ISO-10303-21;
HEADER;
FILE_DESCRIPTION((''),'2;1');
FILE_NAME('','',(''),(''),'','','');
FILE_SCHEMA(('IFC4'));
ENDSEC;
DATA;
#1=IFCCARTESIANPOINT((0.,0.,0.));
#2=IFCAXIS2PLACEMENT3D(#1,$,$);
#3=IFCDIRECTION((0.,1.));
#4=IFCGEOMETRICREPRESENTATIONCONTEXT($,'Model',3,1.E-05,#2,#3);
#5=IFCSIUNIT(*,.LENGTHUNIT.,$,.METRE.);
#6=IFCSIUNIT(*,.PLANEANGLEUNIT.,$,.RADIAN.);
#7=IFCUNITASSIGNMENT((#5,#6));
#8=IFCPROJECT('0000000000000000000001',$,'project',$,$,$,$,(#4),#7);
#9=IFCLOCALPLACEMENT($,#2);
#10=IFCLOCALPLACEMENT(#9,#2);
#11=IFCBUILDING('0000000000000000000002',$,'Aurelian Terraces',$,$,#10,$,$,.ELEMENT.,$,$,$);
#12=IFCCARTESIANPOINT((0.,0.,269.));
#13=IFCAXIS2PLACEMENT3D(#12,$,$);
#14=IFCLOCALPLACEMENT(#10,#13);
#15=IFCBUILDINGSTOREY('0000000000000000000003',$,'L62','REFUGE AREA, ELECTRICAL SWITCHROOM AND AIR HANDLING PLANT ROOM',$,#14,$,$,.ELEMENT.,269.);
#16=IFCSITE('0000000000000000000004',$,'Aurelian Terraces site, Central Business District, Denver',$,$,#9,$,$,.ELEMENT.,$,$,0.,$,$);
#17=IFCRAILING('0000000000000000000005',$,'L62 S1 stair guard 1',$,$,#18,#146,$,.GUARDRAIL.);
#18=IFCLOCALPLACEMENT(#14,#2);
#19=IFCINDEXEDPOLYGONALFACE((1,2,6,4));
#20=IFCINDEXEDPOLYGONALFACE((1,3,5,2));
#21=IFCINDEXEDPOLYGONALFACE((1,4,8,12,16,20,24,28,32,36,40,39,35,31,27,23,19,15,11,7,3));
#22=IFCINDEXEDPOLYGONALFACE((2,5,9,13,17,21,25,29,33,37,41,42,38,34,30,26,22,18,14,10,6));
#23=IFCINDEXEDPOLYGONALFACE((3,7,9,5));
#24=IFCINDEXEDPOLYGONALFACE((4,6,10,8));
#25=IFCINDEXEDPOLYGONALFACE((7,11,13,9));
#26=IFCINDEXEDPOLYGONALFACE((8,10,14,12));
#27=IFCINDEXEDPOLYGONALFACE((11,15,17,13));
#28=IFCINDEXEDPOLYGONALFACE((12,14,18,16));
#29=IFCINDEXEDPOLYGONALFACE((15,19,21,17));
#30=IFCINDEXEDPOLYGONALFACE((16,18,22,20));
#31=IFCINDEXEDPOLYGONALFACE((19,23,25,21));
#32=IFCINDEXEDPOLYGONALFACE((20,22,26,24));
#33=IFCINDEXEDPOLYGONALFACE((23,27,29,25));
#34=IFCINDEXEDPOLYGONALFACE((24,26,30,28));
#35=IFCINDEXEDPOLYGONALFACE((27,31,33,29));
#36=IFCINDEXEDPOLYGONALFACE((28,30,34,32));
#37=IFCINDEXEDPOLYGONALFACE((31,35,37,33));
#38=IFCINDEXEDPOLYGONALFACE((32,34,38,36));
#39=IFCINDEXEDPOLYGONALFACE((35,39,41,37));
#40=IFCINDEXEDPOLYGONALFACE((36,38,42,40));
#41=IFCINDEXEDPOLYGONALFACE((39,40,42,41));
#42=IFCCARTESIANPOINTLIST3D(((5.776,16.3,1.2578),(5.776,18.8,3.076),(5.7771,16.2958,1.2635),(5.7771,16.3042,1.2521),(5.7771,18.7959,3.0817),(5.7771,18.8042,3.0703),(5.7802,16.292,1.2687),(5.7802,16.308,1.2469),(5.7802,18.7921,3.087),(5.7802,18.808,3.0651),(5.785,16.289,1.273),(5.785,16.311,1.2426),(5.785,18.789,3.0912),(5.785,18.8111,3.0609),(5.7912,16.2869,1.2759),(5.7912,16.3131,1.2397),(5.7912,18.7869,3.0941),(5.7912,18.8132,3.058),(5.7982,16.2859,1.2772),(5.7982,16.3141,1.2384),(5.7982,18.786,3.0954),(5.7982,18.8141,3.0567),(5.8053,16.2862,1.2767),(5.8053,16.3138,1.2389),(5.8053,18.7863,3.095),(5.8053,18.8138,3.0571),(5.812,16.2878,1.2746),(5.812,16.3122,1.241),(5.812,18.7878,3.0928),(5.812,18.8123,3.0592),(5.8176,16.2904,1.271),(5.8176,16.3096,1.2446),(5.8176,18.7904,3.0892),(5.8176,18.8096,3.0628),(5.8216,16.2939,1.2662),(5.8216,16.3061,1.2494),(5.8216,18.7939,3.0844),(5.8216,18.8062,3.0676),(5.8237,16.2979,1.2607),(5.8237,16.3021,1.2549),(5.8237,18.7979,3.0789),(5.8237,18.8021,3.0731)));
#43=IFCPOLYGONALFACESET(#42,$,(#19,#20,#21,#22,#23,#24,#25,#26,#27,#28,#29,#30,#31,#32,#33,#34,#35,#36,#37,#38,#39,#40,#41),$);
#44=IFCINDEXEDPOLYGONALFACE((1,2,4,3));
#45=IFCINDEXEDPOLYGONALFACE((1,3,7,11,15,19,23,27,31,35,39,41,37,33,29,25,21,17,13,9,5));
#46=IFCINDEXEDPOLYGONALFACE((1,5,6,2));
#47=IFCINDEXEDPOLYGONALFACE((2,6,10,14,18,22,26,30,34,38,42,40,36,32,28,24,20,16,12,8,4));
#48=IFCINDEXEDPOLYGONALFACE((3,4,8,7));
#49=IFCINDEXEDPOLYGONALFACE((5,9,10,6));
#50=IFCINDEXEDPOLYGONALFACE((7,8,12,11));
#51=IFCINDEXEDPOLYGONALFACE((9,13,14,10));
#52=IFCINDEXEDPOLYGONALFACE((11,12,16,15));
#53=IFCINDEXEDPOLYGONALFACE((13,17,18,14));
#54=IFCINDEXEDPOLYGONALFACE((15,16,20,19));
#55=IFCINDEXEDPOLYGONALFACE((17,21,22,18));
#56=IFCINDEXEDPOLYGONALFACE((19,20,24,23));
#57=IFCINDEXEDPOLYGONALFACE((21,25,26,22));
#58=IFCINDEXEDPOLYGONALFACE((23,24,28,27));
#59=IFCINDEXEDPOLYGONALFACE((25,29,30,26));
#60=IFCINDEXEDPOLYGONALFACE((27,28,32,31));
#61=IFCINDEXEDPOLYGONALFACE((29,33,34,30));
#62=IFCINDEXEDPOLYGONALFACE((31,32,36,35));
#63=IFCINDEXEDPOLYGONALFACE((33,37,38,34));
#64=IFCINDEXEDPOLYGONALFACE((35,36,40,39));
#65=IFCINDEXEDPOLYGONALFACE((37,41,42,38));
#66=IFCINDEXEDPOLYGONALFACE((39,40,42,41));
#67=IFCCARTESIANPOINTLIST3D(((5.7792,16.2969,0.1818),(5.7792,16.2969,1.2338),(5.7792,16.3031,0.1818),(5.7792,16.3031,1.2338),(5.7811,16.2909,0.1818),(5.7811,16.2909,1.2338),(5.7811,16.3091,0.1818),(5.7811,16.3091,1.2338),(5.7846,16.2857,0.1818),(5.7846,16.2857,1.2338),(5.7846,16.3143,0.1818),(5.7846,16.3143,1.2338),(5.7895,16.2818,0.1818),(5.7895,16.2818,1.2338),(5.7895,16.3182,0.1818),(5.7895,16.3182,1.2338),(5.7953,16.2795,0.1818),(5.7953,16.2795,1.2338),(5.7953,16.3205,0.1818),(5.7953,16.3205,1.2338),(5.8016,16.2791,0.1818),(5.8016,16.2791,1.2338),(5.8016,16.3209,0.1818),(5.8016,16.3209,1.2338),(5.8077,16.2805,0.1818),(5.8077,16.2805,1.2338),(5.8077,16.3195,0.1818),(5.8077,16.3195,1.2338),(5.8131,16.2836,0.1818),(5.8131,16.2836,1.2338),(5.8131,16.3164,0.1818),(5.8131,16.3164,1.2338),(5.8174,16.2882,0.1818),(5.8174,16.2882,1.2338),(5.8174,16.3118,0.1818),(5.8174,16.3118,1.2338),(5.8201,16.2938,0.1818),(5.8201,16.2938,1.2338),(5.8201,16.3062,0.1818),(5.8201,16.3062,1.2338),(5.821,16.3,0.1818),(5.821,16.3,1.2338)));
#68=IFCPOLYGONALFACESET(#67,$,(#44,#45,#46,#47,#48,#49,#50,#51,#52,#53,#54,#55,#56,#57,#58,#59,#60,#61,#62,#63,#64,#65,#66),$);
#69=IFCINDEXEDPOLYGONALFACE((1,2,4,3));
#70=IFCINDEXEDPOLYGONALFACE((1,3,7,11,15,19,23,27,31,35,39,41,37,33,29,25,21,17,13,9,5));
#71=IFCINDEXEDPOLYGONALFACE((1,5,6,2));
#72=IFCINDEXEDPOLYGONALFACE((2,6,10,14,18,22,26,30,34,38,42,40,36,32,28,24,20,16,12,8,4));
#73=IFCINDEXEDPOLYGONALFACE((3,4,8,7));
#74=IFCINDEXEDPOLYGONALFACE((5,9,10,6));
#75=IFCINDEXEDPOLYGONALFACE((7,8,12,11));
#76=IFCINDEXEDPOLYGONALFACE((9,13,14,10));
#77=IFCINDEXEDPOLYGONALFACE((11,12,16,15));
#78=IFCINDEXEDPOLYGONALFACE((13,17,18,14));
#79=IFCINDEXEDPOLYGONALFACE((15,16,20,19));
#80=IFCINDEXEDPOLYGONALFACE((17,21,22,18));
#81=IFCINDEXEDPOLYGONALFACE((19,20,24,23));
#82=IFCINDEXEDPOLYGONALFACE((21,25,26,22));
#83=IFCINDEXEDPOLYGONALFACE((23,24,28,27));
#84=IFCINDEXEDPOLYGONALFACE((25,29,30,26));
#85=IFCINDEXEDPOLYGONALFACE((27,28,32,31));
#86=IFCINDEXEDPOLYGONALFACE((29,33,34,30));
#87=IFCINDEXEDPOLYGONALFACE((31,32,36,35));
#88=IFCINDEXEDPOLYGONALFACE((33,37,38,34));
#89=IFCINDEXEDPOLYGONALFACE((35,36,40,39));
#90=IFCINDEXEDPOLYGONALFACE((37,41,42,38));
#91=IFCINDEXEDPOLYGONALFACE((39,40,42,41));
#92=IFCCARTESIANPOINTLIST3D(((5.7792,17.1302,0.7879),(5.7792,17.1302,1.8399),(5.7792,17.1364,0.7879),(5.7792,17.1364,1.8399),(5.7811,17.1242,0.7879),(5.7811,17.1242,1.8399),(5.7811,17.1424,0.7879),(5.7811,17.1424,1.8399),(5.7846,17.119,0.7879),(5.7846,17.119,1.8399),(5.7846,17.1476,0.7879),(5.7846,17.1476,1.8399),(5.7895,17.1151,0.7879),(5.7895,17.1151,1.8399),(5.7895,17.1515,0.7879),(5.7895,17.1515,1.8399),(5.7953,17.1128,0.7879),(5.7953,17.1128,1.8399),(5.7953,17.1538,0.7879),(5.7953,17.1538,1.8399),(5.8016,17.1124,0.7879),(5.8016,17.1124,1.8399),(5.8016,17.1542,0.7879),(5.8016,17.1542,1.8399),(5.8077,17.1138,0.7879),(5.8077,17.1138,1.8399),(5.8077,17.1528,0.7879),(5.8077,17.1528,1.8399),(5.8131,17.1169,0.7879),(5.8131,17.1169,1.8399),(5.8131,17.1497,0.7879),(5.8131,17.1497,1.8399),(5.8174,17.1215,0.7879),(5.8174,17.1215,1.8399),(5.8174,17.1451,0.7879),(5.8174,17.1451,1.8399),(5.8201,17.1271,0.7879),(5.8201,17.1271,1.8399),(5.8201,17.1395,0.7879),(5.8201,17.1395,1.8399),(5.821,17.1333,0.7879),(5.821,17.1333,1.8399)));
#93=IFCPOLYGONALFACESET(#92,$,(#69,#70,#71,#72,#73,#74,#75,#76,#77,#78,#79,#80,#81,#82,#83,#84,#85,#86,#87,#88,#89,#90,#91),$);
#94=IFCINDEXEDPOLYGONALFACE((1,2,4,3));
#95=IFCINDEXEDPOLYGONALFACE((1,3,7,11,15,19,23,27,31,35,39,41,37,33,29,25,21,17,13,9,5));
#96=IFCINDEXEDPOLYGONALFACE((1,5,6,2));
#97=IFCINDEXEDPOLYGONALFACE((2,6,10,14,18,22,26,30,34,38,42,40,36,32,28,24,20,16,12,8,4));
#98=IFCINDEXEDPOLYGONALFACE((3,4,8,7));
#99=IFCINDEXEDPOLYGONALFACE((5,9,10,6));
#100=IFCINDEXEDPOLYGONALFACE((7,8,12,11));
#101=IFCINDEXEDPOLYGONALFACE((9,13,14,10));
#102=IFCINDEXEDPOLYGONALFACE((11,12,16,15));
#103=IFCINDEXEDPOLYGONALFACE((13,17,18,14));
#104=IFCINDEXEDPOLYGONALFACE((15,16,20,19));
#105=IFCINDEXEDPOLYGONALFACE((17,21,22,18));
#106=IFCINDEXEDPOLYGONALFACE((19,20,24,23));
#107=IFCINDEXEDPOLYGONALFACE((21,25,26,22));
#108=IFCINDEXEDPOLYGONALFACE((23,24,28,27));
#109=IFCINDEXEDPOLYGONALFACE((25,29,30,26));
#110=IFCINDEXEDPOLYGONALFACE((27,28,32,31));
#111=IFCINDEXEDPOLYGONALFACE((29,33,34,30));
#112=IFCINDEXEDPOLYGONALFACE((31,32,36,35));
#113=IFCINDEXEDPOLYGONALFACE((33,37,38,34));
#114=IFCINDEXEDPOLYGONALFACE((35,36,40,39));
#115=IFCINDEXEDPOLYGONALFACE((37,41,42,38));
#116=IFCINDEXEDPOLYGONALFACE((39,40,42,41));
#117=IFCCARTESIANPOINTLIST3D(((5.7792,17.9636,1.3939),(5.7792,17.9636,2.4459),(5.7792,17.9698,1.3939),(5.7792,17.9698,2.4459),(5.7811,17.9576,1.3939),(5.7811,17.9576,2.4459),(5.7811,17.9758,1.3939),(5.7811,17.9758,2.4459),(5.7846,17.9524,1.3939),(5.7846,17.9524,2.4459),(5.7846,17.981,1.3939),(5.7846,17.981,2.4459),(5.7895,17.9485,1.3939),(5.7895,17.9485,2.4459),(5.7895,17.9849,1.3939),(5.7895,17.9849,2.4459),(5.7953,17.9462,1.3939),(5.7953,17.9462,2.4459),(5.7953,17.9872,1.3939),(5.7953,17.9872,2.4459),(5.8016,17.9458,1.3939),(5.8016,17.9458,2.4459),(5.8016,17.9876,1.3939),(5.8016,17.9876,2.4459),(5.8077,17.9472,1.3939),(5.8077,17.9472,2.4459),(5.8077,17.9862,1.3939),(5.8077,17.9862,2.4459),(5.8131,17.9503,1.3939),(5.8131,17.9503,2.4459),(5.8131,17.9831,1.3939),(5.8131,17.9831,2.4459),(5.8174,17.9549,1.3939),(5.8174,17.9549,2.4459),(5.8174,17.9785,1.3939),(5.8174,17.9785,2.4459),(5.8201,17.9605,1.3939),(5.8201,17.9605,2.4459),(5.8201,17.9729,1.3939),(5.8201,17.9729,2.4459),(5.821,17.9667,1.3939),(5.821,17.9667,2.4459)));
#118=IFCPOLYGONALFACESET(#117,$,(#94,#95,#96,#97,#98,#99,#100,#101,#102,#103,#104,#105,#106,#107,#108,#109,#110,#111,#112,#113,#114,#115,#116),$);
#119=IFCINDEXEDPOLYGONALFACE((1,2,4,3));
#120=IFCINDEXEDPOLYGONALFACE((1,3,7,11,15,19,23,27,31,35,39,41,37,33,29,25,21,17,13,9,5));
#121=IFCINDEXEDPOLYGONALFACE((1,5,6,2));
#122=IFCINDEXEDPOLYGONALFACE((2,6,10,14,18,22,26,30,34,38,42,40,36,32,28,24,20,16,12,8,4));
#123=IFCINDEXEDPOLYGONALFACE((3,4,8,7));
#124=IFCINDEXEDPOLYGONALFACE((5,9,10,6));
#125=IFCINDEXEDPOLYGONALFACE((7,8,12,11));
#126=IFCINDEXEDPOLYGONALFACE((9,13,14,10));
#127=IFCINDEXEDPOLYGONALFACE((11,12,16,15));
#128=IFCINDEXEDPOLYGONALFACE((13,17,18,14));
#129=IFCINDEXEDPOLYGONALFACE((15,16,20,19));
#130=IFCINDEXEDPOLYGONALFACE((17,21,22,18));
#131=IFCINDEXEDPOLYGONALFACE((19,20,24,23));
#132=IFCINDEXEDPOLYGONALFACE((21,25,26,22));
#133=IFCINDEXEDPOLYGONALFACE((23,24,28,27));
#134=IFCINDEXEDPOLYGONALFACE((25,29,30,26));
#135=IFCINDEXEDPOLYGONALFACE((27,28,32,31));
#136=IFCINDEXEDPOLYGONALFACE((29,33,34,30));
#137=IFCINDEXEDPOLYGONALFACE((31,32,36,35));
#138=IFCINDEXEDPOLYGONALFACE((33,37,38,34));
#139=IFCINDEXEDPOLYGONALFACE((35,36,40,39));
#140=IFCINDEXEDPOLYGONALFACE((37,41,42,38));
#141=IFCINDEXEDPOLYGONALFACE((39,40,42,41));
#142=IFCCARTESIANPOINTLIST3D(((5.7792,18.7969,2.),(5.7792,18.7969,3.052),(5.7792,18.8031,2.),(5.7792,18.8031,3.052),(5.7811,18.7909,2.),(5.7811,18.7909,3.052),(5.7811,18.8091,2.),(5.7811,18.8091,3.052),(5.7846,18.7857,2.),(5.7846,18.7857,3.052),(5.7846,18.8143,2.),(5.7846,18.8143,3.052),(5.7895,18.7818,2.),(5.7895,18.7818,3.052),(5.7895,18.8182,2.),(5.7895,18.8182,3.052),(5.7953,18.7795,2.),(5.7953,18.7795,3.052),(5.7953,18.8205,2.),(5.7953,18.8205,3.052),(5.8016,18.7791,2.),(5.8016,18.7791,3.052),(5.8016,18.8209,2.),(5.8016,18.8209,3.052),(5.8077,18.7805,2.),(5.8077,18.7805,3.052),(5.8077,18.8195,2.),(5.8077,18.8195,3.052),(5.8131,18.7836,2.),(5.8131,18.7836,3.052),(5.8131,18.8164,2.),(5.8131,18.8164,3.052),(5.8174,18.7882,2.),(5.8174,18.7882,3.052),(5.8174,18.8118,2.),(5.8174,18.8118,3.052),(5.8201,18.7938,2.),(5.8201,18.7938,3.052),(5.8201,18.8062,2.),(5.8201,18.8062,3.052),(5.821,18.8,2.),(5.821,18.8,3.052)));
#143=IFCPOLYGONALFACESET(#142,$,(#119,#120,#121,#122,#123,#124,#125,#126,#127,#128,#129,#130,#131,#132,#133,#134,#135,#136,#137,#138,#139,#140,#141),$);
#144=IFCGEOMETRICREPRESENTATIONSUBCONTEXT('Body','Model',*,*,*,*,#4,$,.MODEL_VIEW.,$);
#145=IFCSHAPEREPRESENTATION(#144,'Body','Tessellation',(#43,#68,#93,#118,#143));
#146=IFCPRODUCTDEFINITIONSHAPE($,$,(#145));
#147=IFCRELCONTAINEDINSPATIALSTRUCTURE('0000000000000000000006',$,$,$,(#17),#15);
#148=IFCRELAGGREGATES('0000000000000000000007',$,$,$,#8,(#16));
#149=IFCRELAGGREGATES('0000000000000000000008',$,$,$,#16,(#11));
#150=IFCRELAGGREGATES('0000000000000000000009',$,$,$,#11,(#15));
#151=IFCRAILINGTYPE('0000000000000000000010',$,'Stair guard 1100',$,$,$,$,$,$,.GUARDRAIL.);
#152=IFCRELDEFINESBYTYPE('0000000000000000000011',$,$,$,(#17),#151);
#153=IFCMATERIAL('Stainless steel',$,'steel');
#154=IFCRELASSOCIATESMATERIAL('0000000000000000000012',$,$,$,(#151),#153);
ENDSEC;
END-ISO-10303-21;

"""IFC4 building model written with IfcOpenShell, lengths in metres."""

from ifc_helpers import new_model, si_unit, direction, frame, origin, origin_2d, place, context, subcontext, project, spatial, circle, extrude, source, transform, mapped, material, type_object, element, save


model = new_model("IFC4")

# Units and contexts
model_context = context("Model", 3, precision=1e-05, world=origin(), true_north=direction((0.0, 1.0)))
body_context = subcontext(model_context, "Body", "Model", "MODEL_VIEW")
ifc_project = project(units=[si_unit("LENGTHUNIT", "METRE"), si_unit("PLANEANGLEUNIT", "RADIAN")], contexts=[model_context])

# Site, building, storey
site_placement = place(None, origin())
site = spatial("IfcSite", under=ifc_project, at=site_placement, Name="Aurelian Terraces site, Central Business District, Denver", CompositionType="ELEMENT", RefElevation=0.0)
building_placement = place(site_placement, origin())
building = spatial("IfcBuilding", under=site, at=building_placement, Name="Aurelian Terraces", CompositionType="ELEMENT")
storey_placement = place(building_placement, frame((0.0, 0.0, 269.0)))
storey = spatial("IfcBuildingStorey", under=building, at=storey_placement, Name="L62", Description="REFUGE AREA, ELECTRICAL SWITCHROOM AND AIR HANDLING PLANT ROOM", CompositionType="ELEMENT", Elevation=269.0)

# Railing
ifc_material_1 = material(Name="Stainless steel", Category="steel")
railing_type_1 = type_object("IfcRailingType", Name="Stair guard 1100", PredefinedType="GUARDRAIL", material=ifc_material_1)
shared_shape_1 = source(origin(), body_context, "Body", "SweptSolid", [
    extrude(circle(Radius=0.024, at=origin_2d()), frame((0.0, 0.0, 1.076), z_axis=(0.0, 0.808733, 0.588176), x_axis=(-1.0, 0.0, 0.0)), (0.0, 0.0, 1.0), 3.0913),
    extrude(circle(Radius=0.021, at=origin_2d()), origin(), (0.0, 0.0, 1.0), 1.052),
    extrude(circle(Radius=0.021, at=origin_2d()), frame((0.0, 0.8333, 0.6061)), (0.0, 0.0, 1.0), 1.052),
    extrude(circle(Radius=0.021, at=origin_2d()), frame((0.0, 1.6667, 1.2121)), (0.0, 0.0, 1.0), 1.052),
    extrude(circle(Radius=0.021, at=origin_2d()), frame((0.0, 2.5, 1.8182)), (0.0, 0.0, 1.0), 1.052),
])
for number, where, name in (
    (1, (5.8, 16.3, 0.1818), "L62 S1 stair guard 1"),
):
    element("IfcRailing", number, at=place(storey_placement, frame(where)), inside=storey, type_object=railing_type_1, Name=name, PredefinedType="GUARDRAIL", context=body_context, shape_type="MappedRepresentation", body=[
        mapped(shared_shape_1, transform((0.0, 0.0, 0.0), scale=1.0)),
    ])

save(model, "model.ifc")
